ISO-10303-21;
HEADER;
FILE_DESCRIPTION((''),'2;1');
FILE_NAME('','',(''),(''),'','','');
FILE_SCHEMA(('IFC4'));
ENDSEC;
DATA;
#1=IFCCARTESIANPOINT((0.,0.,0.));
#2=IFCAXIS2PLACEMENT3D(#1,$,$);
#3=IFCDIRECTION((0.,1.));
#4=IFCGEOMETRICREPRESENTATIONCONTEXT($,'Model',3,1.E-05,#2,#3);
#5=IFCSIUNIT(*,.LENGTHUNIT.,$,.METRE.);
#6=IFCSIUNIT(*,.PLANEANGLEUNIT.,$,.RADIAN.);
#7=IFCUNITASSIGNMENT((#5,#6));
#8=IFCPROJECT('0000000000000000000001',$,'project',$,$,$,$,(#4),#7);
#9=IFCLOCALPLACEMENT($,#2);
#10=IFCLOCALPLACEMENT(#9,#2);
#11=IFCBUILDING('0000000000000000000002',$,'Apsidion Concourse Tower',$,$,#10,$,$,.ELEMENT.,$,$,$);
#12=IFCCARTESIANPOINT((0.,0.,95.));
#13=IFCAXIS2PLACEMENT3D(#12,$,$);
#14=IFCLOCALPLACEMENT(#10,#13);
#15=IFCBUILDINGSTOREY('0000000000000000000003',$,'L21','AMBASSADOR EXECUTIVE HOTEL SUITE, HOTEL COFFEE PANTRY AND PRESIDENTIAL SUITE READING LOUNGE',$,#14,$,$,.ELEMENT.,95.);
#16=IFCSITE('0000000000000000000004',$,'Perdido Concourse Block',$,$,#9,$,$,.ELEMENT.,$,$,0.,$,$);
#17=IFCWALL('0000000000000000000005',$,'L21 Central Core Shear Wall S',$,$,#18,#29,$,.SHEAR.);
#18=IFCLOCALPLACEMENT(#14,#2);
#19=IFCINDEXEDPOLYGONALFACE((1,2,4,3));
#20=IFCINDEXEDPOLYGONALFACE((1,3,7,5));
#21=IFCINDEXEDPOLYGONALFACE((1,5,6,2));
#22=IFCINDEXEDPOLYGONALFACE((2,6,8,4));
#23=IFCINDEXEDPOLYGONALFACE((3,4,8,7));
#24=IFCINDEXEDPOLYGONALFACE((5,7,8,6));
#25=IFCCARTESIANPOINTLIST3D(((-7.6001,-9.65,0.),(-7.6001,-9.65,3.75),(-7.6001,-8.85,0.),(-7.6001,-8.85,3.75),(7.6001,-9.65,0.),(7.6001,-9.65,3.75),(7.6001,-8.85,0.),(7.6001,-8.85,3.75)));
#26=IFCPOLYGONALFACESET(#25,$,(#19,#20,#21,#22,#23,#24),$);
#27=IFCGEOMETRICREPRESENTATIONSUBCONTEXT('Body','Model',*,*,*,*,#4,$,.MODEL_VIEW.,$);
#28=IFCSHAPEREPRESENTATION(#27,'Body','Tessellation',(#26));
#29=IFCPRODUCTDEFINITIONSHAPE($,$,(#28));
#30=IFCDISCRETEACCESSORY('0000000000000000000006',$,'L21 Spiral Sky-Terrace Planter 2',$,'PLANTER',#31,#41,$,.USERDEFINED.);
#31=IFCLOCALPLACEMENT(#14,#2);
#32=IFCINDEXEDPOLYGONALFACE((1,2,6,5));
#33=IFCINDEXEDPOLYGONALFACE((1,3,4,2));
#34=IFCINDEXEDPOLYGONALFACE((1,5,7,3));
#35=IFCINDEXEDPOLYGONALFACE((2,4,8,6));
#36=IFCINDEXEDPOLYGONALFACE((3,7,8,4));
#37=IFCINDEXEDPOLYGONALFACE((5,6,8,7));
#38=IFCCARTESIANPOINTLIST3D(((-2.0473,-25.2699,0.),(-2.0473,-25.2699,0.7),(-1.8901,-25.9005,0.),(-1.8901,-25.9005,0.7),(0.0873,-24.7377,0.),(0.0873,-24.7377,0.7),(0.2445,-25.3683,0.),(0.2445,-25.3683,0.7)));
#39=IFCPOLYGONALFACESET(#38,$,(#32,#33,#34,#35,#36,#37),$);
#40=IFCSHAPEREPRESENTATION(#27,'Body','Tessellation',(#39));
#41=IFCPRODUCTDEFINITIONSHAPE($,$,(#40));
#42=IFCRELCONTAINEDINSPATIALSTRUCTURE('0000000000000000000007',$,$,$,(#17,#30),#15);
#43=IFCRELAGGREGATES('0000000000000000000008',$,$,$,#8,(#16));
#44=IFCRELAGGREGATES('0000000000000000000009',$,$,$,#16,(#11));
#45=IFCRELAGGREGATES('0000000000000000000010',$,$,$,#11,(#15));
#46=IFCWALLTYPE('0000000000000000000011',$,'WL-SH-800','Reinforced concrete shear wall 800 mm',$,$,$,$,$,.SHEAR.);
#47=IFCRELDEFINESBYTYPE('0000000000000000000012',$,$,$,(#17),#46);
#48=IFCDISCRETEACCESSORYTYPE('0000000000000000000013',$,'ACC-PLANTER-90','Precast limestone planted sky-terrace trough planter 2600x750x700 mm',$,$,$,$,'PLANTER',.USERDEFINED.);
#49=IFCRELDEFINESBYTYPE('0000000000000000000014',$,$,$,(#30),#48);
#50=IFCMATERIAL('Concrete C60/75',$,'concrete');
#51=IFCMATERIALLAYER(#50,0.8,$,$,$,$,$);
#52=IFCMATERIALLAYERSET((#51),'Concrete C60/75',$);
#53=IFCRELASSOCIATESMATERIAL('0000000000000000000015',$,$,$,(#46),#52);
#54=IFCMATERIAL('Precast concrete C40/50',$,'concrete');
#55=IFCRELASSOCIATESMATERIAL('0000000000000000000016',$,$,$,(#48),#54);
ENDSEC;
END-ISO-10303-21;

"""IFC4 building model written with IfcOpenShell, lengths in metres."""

from ifc_helpers import new_model, si_unit, direction, frame, frame_2d, origin, origin_2d, place, context, subcontext, project, spatial, rectangle, extrude, material, layer, layer_set, type_object, element, save


model = new_model("IFC4")

# Units and contexts
model_context = context("Model", 3, precision=1e-05, world=origin(), true_north=direction((0.0, 1.0)))
body_context = subcontext(model_context, "Body", "Model", "MODEL_VIEW")
ifc_project = project(units=[si_unit("LENGTHUNIT", "METRE"), si_unit("PLANEANGLEUNIT", "RADIAN")], contexts=[model_context])

# Site, building, storey
site_placement = place(None, origin())
site = spatial("IfcSite", under=ifc_project, at=site_placement, Name="Perdido Concourse Block", CompositionType="ELEMENT", RefElevation=0.0)
building_placement = place(site_placement, origin())
building = spatial("IfcBuilding", under=site, at=building_placement, Name="Apsidion Concourse Tower", CompositionType="ELEMENT")
storey_placement = place(building_placement, frame((0.0, 0.0, 95.0)))
storey = spatial("IfcBuildingStorey", under=building, at=storey_placement, Name="L21", Description="AMBASSADOR EXECUTIVE HOTEL SUITE, HOTEL COFFEE PANTRY AND PRESIDENTIAL SUITE READING LOUNGE", CompositionType="ELEMENT", Elevation=95.0)

# Shared definitions
ifc_material_1 = material(Name="Concrete C60/75", Category="concrete")

# Shared definitions
ifc_material_2 = material(Name="Precast concrete C40/50", Category="concrete")

# Shared definitions
ifc_layer_1 = layer(ifc_material_1, 0.8)
ifc_layer_set_1 = layer_set([ifc_layer_1], Name="Concrete C60/75")
wall_type_1 = type_object("IfcWallType", Name="WL-SH-800", Description="Reinforced concrete shear wall 800 mm", PredefinedType="SHEAR", material=ifc_layer_set_1)

# Wall
wall_1_placement = place(storey_placement, frame((-7.6001, -9.25, 0.0), z_axis=(0.0, 0.0, 1.0), x_axis=(1.0, 0.0, 0.0)))
element("IfcWall", 1, at=wall_1_placement, inside=storey, type_object=wall_type_1, Name="L21 Central Core Shear Wall S", PredefinedType="SHEAR", context=body_context, shape_type="SweptSolid", body=[
    extrude(rectangle(XDim=15.2002, YDim=0.8, at=frame_2d((7.6001, 0.0))), origin(), (0.0, 0.0, 1.0), 3.75),
])

# Discrete accessory
discrete_accessory_type = type_object("IfcDiscreteAccessoryType", Name="ACC-PLANTER-90", Description="Precast limestone planted sky-terrace trough planter 2600x750x700 mm", ElementType="PLANTER", PredefinedType="USERDEFINED", material=ifc_material_2)
discrete_accessory_placement = place(storey_placement, frame((-0.9014, -25.3191, 0.0), z_axis=(0.0, 0.0, 1.0), x_axis=(0.970296, 0.241922, 0.0)))
element("IfcDiscreteAccessory", 2, at=discrete_accessory_placement, inside=storey, type_object=discrete_accessory_type, Name="L21 Spiral Sky-Terrace Planter 2", ObjectType="PLANTER", PredefinedType="USERDEFINED", context=body_context, shape_type="SweptSolid", body=[
    extrude(rectangle(XDim=2.2, YDim=0.6499, at=origin_2d()), origin(), (0.0, 0.0, 1.0), 0.7),
])

save(model, "model.ifc")
